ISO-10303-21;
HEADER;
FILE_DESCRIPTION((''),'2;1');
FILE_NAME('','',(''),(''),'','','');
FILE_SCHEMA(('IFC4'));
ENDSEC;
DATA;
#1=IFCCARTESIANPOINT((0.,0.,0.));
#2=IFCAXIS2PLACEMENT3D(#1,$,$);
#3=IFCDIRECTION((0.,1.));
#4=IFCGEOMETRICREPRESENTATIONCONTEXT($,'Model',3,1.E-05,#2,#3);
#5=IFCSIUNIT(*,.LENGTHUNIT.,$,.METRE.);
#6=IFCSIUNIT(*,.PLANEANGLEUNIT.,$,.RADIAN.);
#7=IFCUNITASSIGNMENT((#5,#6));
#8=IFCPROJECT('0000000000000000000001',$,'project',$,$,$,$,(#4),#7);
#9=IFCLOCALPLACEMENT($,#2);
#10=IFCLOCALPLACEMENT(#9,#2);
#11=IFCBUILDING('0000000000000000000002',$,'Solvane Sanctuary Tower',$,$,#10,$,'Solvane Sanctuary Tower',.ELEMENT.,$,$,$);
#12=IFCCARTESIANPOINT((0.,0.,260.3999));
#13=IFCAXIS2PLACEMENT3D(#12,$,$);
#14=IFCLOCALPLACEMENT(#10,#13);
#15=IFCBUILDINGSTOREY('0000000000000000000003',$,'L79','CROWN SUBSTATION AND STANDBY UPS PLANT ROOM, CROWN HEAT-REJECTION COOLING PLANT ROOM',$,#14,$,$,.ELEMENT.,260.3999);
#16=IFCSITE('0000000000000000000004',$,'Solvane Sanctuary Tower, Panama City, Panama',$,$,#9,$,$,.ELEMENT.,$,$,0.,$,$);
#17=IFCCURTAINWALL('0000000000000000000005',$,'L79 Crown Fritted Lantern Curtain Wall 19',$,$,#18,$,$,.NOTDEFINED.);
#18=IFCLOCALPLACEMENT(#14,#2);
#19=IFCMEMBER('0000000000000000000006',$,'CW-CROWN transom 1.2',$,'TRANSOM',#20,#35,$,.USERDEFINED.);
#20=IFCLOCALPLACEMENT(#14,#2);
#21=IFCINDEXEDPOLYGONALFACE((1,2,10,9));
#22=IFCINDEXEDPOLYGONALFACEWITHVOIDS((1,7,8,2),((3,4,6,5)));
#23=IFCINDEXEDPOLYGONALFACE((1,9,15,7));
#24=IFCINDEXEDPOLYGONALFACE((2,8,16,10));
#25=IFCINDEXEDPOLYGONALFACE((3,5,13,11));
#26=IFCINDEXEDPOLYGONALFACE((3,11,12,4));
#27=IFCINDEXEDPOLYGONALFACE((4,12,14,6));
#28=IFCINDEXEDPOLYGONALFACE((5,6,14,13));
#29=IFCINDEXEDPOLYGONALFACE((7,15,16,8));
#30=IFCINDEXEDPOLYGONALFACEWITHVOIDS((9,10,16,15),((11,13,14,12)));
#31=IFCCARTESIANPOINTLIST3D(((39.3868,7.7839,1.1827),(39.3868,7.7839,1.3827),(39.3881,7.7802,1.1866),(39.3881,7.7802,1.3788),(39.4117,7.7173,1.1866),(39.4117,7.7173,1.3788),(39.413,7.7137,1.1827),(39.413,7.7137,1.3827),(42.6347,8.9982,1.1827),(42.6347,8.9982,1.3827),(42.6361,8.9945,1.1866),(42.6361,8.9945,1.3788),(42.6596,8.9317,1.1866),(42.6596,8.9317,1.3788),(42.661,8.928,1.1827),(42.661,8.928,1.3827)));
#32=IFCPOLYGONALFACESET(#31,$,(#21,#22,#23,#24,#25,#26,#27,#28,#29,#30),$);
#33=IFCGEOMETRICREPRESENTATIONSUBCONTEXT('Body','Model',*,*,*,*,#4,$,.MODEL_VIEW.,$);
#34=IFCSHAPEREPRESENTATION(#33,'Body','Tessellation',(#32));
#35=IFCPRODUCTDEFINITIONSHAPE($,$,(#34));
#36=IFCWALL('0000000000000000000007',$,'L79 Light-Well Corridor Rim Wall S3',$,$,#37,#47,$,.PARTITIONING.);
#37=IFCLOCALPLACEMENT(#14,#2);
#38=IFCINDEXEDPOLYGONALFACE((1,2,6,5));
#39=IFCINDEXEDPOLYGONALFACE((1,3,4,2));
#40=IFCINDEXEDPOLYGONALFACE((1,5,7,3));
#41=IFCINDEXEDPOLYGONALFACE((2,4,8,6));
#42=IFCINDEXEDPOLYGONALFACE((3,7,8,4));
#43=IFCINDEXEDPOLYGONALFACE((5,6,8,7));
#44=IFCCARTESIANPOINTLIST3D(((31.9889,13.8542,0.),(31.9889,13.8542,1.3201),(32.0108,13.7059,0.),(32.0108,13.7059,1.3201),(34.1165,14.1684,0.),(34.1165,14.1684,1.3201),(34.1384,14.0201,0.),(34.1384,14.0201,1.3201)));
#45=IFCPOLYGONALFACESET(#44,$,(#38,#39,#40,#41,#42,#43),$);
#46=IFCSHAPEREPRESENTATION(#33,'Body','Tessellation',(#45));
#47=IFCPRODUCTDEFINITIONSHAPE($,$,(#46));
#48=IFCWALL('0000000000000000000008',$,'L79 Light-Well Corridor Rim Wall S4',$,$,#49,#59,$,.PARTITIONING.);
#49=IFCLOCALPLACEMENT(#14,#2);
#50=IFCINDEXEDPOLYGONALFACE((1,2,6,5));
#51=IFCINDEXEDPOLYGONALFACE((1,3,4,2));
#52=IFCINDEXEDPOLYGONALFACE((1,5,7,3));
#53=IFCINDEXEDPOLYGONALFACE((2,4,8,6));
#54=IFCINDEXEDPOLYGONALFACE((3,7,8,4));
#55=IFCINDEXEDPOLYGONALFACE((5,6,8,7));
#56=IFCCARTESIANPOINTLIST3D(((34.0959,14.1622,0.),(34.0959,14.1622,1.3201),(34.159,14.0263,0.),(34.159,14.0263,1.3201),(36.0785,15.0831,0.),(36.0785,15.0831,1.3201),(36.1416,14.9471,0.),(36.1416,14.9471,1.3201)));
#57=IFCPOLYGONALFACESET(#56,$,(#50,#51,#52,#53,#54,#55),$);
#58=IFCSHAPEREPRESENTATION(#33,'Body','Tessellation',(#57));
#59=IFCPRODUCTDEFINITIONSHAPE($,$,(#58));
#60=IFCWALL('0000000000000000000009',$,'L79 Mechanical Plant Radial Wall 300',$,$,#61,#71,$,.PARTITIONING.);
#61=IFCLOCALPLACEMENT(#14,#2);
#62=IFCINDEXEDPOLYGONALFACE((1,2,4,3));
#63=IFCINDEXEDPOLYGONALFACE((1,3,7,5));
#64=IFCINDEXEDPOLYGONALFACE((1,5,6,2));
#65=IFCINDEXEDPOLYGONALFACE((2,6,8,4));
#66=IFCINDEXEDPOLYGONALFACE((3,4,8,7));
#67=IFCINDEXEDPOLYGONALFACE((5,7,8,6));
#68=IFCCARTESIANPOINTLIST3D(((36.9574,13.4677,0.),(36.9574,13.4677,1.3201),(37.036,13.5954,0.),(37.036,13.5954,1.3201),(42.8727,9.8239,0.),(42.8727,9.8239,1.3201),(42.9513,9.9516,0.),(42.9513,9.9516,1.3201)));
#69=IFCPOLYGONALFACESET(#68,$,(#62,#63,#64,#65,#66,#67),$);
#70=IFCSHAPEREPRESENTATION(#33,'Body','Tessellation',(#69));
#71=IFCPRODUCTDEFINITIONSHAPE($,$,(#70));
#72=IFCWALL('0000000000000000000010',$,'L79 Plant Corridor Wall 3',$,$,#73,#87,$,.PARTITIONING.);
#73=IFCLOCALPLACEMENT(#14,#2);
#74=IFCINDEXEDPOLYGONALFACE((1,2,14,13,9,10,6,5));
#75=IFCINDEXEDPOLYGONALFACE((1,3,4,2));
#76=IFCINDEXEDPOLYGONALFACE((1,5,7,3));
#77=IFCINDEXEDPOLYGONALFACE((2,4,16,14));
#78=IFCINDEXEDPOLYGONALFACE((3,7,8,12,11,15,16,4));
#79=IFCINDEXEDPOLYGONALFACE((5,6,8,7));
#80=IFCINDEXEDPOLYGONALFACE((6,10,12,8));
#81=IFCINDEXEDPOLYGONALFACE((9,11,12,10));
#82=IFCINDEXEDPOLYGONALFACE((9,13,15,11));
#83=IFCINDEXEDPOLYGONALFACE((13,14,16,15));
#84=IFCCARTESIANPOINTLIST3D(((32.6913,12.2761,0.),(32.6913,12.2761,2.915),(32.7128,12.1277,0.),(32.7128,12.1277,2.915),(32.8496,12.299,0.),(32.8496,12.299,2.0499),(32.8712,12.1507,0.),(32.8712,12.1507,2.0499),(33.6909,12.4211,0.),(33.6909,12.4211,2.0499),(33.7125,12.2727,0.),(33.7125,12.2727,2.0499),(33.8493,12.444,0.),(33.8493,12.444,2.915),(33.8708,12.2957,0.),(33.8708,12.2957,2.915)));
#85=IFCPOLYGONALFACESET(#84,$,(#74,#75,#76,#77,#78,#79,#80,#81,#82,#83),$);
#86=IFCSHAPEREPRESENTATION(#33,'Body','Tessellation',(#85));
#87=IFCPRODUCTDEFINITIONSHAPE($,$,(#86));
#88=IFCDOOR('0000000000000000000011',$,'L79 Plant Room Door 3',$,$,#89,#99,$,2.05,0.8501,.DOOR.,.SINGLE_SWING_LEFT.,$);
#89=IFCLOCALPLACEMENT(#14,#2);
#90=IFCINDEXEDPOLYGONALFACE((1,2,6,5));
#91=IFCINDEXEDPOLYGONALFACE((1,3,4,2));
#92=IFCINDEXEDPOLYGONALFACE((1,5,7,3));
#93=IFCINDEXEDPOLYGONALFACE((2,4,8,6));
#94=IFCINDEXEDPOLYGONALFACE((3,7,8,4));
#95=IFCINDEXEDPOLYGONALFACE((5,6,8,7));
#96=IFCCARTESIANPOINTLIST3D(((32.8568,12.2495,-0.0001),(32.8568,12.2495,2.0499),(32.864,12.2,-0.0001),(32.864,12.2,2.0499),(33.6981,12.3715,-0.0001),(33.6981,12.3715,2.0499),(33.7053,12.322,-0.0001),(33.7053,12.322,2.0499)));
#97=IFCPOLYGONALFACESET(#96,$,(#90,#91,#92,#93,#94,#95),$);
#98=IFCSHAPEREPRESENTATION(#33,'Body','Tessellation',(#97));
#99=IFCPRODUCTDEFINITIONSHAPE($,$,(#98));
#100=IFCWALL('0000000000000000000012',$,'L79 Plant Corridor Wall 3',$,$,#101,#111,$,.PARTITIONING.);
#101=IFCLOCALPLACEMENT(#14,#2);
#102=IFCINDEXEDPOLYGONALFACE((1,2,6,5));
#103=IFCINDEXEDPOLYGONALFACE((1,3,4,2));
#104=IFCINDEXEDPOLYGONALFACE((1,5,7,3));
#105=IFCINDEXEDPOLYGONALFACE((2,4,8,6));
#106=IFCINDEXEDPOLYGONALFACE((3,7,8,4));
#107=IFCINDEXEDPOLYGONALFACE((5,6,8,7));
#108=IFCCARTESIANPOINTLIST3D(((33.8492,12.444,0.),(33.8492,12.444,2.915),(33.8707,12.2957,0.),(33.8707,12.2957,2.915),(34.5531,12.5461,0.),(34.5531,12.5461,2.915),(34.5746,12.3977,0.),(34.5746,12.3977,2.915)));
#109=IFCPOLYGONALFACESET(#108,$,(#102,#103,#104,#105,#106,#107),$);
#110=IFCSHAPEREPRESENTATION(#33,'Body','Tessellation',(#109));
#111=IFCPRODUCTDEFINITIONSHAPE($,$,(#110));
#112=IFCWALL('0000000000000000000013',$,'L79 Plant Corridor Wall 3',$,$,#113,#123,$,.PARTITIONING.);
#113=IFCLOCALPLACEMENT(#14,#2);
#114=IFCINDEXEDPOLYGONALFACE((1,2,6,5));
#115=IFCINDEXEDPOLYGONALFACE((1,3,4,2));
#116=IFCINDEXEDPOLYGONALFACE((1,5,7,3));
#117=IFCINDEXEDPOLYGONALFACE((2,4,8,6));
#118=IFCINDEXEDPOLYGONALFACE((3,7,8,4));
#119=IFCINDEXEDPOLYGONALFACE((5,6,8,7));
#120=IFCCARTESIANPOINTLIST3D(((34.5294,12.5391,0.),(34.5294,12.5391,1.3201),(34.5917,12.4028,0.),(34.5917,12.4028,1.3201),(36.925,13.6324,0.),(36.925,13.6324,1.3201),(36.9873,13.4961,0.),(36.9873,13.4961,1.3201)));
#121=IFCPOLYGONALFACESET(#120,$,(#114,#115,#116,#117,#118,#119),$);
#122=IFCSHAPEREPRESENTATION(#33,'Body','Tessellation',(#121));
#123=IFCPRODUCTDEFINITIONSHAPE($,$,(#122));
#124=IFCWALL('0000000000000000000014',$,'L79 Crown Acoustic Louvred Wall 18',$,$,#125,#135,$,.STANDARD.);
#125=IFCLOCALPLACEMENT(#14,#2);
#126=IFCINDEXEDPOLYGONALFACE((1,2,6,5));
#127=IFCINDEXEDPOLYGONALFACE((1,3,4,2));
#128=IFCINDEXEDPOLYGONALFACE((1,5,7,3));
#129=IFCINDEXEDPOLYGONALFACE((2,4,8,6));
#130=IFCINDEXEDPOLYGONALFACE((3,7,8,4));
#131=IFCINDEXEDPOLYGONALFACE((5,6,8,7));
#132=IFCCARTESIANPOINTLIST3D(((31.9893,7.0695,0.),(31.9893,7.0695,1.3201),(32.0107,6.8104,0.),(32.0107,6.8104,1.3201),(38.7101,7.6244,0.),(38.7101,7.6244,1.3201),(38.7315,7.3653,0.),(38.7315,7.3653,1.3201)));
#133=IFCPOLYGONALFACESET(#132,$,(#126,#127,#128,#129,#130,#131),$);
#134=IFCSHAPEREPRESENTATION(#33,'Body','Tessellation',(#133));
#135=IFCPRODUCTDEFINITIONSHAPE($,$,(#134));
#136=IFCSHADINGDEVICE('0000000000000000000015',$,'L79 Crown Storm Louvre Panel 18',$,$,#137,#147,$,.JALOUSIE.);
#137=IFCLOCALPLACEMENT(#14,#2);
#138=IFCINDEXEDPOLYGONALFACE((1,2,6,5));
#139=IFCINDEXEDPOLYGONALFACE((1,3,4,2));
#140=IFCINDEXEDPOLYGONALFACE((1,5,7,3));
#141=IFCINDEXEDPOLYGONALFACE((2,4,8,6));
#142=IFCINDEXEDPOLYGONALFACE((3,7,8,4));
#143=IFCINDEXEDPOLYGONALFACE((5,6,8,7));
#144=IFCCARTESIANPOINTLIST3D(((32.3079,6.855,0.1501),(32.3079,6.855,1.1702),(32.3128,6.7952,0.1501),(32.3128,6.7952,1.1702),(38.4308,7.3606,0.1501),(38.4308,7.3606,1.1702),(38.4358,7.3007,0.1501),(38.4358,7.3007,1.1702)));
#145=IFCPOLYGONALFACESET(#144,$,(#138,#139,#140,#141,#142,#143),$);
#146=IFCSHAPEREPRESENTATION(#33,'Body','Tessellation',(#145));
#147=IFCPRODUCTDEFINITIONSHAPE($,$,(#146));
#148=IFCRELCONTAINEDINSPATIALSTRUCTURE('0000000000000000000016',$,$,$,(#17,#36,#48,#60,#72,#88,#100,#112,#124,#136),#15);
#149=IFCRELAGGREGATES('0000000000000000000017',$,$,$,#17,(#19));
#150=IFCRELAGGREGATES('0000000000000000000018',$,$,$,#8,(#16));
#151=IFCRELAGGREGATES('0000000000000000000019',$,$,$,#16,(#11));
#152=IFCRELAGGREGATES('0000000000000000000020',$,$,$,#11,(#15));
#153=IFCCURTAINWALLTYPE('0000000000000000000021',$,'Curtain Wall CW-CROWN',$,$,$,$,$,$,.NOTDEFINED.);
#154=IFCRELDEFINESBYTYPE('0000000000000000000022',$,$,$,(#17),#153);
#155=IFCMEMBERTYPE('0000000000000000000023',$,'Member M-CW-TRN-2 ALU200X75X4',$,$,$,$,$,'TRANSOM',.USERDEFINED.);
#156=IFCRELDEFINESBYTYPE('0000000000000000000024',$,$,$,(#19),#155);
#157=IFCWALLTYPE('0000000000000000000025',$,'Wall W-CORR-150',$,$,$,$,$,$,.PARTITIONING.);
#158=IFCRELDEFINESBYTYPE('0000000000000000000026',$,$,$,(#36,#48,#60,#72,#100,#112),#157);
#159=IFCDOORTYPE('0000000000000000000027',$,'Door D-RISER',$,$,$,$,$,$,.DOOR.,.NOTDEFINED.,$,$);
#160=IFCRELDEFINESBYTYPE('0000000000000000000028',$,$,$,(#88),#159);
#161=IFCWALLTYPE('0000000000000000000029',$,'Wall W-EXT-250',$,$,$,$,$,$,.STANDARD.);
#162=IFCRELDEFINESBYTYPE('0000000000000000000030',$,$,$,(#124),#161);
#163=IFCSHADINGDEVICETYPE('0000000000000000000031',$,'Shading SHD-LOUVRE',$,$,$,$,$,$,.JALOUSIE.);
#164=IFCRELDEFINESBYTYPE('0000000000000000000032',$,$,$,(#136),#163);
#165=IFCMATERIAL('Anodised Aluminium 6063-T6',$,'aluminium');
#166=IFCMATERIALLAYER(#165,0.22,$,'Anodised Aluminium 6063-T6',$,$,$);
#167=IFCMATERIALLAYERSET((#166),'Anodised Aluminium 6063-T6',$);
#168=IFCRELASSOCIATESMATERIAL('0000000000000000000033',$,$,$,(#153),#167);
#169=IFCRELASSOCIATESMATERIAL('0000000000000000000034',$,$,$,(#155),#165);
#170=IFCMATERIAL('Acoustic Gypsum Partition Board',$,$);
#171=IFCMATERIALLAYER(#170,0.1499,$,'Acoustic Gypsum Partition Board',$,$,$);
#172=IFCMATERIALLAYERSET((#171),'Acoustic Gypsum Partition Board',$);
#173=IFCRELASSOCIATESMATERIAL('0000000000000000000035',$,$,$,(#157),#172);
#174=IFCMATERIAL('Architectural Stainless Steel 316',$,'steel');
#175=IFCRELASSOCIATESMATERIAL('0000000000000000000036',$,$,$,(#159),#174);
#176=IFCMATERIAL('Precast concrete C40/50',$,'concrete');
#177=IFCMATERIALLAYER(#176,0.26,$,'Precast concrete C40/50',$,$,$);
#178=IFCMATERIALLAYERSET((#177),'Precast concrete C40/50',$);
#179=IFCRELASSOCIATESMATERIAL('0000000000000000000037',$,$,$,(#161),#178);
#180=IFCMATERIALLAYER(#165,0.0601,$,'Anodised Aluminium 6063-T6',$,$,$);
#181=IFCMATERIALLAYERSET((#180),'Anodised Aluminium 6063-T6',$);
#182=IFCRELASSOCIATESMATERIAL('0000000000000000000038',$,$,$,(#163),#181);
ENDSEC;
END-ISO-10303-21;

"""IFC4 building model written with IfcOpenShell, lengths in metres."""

from ifc_helpers import new_model, si_unit, direction, frame, frame_2d, origin, origin_2d, place, context, subcontext, project, spatial, rectangle, hollow_rectangle, extrude, material, layer, layer_set, material_profile, profile_set, type_object, element, fill, aggregate, save


model = new_model("IFC4")

# Units and contexts
model_context = context("Model", 3, precision=1e-05, world=origin(), true_north=direction((0.0, 1.0)))
body_context = subcontext(model_context, "Body", "Model", "MODEL_VIEW")
ifc_project = project(units=[si_unit("LENGTHUNIT", "METRE"), si_unit("PLANEANGLEUNIT", "RADIAN")], contexts=[model_context])

# Site, building, storey
site_placement = place(None, origin())
site = spatial("IfcSite", under=ifc_project, at=site_placement, Name="Solvane Sanctuary Tower, Panama City, Panama", CompositionType="ELEMENT", RefElevation=0.0)
building_placement = place(site_placement, origin())
building = spatial("IfcBuilding", under=site, at=building_placement, Name="Solvane Sanctuary Tower", LongName="Solvane Sanctuary Tower", CompositionType="ELEMENT")
storey_placement = place(building_placement, frame((0.0, 0.0, 260.3999)))
storey = spatial("IfcBuildingStorey", under=building, at=storey_placement, Name="L79", Description="CROWN SUBSTATION AND STANDBY UPS PLANT ROOM, CROWN HEAT-REJECTION COOLING PLANT ROOM", CompositionType="ELEMENT", Elevation=260.3999)

# Curtain wall, member
ifc_material_1 = material(Name="Anodised Aluminium 6063-T6", Category="aluminium")
ifc_layer_1 = layer(ifc_material_1, 0.22, Name="Anodised Aluminium 6063-T6")
ifc_layer_set_1 = layer_set([ifc_layer_1], Name="Anodised Aluminium 6063-T6")
curtain_wall_type = type_object("IfcCurtainWallType", Name="Curtain Wall CW-CROWN", PredefinedType="NOTDEFINED", material=ifc_layer_set_1)
curtain_wall_placement = place(storey_placement, origin())
curtain_wall = element("IfcCurtainWall", 1, at=curtain_wall_placement, inside=storey, type_object=curtain_wall_type, Name="L79 Crown Fritted Lantern Curtain Wall 19", PredefinedType="NOTDEFINED")
ifc_material_profile_1 = material_profile(ifc_material_1, hollow_rectangle(XDim=0.075, YDim=0.2, WallThickness=0.0039, at=origin_2d()), Name="ALU200X75X4")
ifc_profile_set_1 = profile_set([ifc_material_profile_1], Name="Anodised Aluminium 6063-T6")
member_type_1 = type_object("IfcMemberType", Name="Member M-CW-TRN-2 ALU200X75X4", ElementType="TRANSOM", PredefinedType="USERDEFINED", material=ifc_profile_set_1)
member_1_placement = place(storey_placement, frame((39.3999, 7.7488, 1.2827), z_axis=(0.936676, 0.350197, 0.0), x_axis=(-0.350197, 0.936676, 0.0)))
member_1 = element("IfcMember", 2, at=member_1_placement, type_object=member_type_1, Name="CW-CROWN transom 1.2", ObjectType="TRANSOM", PredefinedType="USERDEFINED", context=body_context, shape_type="SweptSolid", body=[
    extrude(hollow_rectangle(XDim=0.075, YDim=0.2, WallThickness=0.0039, at=origin_2d()), origin(), (0.0, 0.0, 1.0), 3.4675),
])
aggregate(curtain_wall, [member_1])

# Walls
ifc_material_2 = material(Name="Acoustic Gypsum Partition Board")
ifc_layer_2 = layer(ifc_material_2, 0.1499, Name="Acoustic Gypsum Partition Board")
ifc_layer_set_2 = layer_set([ifc_layer_2], Name="Acoustic Gypsum Partition Board")
wall_type_1 = type_object("IfcWallType", Name="Wall W-CORR-150", PredefinedType="PARTITIONING", material=ifc_layer_set_2)
wall_1_placement = place(storey_placement, frame((32.0, 13.78, 0.0), z_axis=(0.0, 0.0, 1.0), x_axis=(0.989269, 0.146108, 0.0)))
element("IfcWall", 3, at=wall_1_placement, inside=storey, type_object=wall_type_1, Name="L79 Light-Well Corridor Rim Wall S3", PredefinedType="PARTITIONING", context=body_context, shape_type="SweptSolid", body=[
    extrude(rectangle(XDim=2.1506, YDim=0.1499, at=frame_2d((1.0752, 0.0))), origin(), (0.0, 0.0, 1.0), 1.3201),
])
wall_2_placement = place(storey_placement, frame((34.1274, 14.0942, 0.0), z_axis=(0.0, 0.0, 1.0), x_axis=(0.906943, 0.421252, 0.0)))
element("IfcWall", 4, at=wall_2_placement, inside=storey, type_object=wall_type_1, Name="L79 Light-Well Corridor Rim Wall S4", PredefinedType="PARTITIONING", context=body_context, shape_type="SweptSolid", body=[
    extrude(rectangle(XDim=2.186, YDim=0.1499, at=frame_2d((1.093, 0.0))), origin(), (0.0, 0.0, 1.0), 1.3201),
])
wall_3_placement = place(storey_placement, frame((36.9968, 13.5315, 0.0), z_axis=(0.0, 0.0, 1.0), x_axis=(0.851425, -0.524476, 0.0)))
element("IfcWall", 5, at=wall_3_placement, inside=storey, type_object=wall_type_1, Name="L79 Mechanical Plant Radial Wall 300", PredefinedType="PARTITIONING", context=body_context, shape_type="SweptSolid", body=[
    extrude(rectangle(XDim=6.9475, YDim=0.1499, at=frame_2d((3.4736, 0.0))), origin(), (0.0, 0.0, 1.0), 1.3201),
])

# Wall, opening, door
wall_4_placement = place(storey_placement, frame((32.7021, 12.2019, 0.0), z_axis=(0.0, 0.0, 1.0), x_axis=(0.989643, 0.143553, 0.0)))
wall_4 = element("IfcWall", 6, at=wall_4_placement, inside=storey, type_object=wall_type_1, Name="L79 Plant Corridor Wall 3", PredefinedType="PARTITIONING", context=body_context, shape_type="SweptSolid", body=[
    extrude(rectangle(XDim=1.1702, YDim=0.1499, at=frame_2d((0.585, 0.0))), origin(), (0.0, 0.0, 1.0), 2.915),
])
opening_placement = place(wall_4_placement, frame((0.1599, 0.0, 0.0)))
opening = element("IfcOpeningElement", 7, at=opening_placement, cuts=wall_4, PredefinedType="OPENING", context=body_context, shape_type="SweptSolid", body=[
    extrude(rectangle(XDim=0.8501, YDim=2.05, at=frame_2d((0.425, 1.0249))), frame((0.0, 0.085, 0.0), z_axis=(0.0, -1.0, 0.0), x_axis=(1.0, 0.0, 0.0)), (0.0, 0.0, 1.0), 0.1699),
])
ifc_material_3 = material(Name="Architectural Stainless Steel 316", Category="steel")
door_type = type_object("IfcDoorType", Name="Door D-RISER", OperationType="NOTDEFINED", PredefinedType="DOOR", material=ifc_material_3)
door_placement = place(opening_placement, origin())
door = element("IfcDoor", 8, at=door_placement, inside=storey, type_object=door_type, Name="L79 Plant Room Door 3", OperationType="SINGLE_SWING_LEFT", OverallHeight=2.05, OverallWidth=0.8501, PredefinedType="DOOR", context=body_context, shape_type="SweptSolid", body=[
    extrude(rectangle(XDim=0.8501, YDim=2.05, at=frame_2d((0.425, 1.0249))), frame((0.0, 0.0249, 0.0), z_axis=(0.0, -1.0, 0.0), x_axis=(1.0, 0.0, 0.0)), (0.0, 0.0, 1.0), 0.05),
])
fill(opening, door)

# Walls
wall_5_placement = place(storey_placement, frame((33.8601, 12.3699, 0.0), z_axis=(0.0, 0.0, 1.0), x_axis=(0.989652, 0.143488, 0.0)))
element("IfcWall", 9, at=wall_5_placement, inside=storey, type_object=wall_type_1, Name="L79 Plant Corridor Wall 3", PredefinedType="PARTITIONING", context=body_context, shape_type="SweptSolid", body=[
    extrude(rectangle(XDim=0.7112, YDim=0.1499, at=frame_2d((0.3555, 0.0))), origin(), (0.0, 0.0, 1.0), 2.915),
])
wall_6_placement = place(storey_placement, frame((34.5605, 12.4709, 0.0), z_axis=(0.0, 0.0, 1.0), x_axis=(0.909737, 0.415186, 0.0)))
element("IfcWall", 10, at=wall_6_placement, inside=storey, type_object=wall_type_1, Name="L79 Plant Corridor Wall 3", PredefinedType="PARTITIONING", context=body_context, shape_type="SweptSolid", body=[
    extrude(rectangle(XDim=2.6333, YDim=0.1499, at=frame_2d((1.3167, 0.0))), origin(), (0.0, 0.0, 1.0), 1.3201),
])
ifc_material_4 = material(Name="Precast concrete C40/50", Category="concrete")
ifc_layer_3 = layer(ifc_material_4, 0.26, Name="Precast concrete C40/50")
ifc_layer_set_3 = layer_set([ifc_layer_3], Name="Precast concrete C40/50")
wall_type_2 = type_object("IfcWallType", Name="Wall W-EXT-250", PredefinedType="STANDARD", material=ifc_layer_set_3)
wall_7_placement = place(storey_placement, frame((32.0, 6.9399, 0.0), z_axis=(0.0, 0.0, 1.0), x_axis=(0.996608, 0.08229, 0.0)))
element("IfcWall", 11, at=wall_7_placement, inside=storey, type_object=wall_type_2, Name="L79 Crown Acoustic Louvred Wall 18", PredefinedType="STANDARD", context=body_context, shape_type="SweptSolid", body=[
    extrude(rectangle(XDim=6.7437, YDim=0.26, at=frame_2d((3.3718, 0.0))), origin(), (0.0, 0.0, 1.0), 1.3201),
])

# Shading device
ifc_layer_4 = layer(ifc_material_1, 0.0601, Name="Anodised Aluminium 6063-T6")
ifc_layer_set_4 = layer_set([ifc_layer_4], Name="Anodised Aluminium 6063-T6")
shading_device_type = type_object("IfcShadingDeviceType", Name="Shading SHD-LOUVRE", PredefinedType="JALOUSIE", material=ifc_layer_set_4)
shading_device_placement = place(storey_placement, frame((35.3718, 7.0779, 0.1501), z_axis=(0.0, 0.0, 1.0), x_axis=(0.996609, 0.082285, 0.0)))
element("IfcShadingDevice", 12, at=shading_device_placement, inside=storey, type_object=shading_device_type, Name="L79 Crown Storm Louvre Panel 18", PredefinedType="JALOUSIE", context=body_context, shape_type="SweptSolid", body=[
    extrude(rectangle(XDim=6.1438, YDim=0.0601, at=origin_2d()), origin(), (0.0, 0.0, 1.0), 1.02),
])

save(model, "model.ifc")
